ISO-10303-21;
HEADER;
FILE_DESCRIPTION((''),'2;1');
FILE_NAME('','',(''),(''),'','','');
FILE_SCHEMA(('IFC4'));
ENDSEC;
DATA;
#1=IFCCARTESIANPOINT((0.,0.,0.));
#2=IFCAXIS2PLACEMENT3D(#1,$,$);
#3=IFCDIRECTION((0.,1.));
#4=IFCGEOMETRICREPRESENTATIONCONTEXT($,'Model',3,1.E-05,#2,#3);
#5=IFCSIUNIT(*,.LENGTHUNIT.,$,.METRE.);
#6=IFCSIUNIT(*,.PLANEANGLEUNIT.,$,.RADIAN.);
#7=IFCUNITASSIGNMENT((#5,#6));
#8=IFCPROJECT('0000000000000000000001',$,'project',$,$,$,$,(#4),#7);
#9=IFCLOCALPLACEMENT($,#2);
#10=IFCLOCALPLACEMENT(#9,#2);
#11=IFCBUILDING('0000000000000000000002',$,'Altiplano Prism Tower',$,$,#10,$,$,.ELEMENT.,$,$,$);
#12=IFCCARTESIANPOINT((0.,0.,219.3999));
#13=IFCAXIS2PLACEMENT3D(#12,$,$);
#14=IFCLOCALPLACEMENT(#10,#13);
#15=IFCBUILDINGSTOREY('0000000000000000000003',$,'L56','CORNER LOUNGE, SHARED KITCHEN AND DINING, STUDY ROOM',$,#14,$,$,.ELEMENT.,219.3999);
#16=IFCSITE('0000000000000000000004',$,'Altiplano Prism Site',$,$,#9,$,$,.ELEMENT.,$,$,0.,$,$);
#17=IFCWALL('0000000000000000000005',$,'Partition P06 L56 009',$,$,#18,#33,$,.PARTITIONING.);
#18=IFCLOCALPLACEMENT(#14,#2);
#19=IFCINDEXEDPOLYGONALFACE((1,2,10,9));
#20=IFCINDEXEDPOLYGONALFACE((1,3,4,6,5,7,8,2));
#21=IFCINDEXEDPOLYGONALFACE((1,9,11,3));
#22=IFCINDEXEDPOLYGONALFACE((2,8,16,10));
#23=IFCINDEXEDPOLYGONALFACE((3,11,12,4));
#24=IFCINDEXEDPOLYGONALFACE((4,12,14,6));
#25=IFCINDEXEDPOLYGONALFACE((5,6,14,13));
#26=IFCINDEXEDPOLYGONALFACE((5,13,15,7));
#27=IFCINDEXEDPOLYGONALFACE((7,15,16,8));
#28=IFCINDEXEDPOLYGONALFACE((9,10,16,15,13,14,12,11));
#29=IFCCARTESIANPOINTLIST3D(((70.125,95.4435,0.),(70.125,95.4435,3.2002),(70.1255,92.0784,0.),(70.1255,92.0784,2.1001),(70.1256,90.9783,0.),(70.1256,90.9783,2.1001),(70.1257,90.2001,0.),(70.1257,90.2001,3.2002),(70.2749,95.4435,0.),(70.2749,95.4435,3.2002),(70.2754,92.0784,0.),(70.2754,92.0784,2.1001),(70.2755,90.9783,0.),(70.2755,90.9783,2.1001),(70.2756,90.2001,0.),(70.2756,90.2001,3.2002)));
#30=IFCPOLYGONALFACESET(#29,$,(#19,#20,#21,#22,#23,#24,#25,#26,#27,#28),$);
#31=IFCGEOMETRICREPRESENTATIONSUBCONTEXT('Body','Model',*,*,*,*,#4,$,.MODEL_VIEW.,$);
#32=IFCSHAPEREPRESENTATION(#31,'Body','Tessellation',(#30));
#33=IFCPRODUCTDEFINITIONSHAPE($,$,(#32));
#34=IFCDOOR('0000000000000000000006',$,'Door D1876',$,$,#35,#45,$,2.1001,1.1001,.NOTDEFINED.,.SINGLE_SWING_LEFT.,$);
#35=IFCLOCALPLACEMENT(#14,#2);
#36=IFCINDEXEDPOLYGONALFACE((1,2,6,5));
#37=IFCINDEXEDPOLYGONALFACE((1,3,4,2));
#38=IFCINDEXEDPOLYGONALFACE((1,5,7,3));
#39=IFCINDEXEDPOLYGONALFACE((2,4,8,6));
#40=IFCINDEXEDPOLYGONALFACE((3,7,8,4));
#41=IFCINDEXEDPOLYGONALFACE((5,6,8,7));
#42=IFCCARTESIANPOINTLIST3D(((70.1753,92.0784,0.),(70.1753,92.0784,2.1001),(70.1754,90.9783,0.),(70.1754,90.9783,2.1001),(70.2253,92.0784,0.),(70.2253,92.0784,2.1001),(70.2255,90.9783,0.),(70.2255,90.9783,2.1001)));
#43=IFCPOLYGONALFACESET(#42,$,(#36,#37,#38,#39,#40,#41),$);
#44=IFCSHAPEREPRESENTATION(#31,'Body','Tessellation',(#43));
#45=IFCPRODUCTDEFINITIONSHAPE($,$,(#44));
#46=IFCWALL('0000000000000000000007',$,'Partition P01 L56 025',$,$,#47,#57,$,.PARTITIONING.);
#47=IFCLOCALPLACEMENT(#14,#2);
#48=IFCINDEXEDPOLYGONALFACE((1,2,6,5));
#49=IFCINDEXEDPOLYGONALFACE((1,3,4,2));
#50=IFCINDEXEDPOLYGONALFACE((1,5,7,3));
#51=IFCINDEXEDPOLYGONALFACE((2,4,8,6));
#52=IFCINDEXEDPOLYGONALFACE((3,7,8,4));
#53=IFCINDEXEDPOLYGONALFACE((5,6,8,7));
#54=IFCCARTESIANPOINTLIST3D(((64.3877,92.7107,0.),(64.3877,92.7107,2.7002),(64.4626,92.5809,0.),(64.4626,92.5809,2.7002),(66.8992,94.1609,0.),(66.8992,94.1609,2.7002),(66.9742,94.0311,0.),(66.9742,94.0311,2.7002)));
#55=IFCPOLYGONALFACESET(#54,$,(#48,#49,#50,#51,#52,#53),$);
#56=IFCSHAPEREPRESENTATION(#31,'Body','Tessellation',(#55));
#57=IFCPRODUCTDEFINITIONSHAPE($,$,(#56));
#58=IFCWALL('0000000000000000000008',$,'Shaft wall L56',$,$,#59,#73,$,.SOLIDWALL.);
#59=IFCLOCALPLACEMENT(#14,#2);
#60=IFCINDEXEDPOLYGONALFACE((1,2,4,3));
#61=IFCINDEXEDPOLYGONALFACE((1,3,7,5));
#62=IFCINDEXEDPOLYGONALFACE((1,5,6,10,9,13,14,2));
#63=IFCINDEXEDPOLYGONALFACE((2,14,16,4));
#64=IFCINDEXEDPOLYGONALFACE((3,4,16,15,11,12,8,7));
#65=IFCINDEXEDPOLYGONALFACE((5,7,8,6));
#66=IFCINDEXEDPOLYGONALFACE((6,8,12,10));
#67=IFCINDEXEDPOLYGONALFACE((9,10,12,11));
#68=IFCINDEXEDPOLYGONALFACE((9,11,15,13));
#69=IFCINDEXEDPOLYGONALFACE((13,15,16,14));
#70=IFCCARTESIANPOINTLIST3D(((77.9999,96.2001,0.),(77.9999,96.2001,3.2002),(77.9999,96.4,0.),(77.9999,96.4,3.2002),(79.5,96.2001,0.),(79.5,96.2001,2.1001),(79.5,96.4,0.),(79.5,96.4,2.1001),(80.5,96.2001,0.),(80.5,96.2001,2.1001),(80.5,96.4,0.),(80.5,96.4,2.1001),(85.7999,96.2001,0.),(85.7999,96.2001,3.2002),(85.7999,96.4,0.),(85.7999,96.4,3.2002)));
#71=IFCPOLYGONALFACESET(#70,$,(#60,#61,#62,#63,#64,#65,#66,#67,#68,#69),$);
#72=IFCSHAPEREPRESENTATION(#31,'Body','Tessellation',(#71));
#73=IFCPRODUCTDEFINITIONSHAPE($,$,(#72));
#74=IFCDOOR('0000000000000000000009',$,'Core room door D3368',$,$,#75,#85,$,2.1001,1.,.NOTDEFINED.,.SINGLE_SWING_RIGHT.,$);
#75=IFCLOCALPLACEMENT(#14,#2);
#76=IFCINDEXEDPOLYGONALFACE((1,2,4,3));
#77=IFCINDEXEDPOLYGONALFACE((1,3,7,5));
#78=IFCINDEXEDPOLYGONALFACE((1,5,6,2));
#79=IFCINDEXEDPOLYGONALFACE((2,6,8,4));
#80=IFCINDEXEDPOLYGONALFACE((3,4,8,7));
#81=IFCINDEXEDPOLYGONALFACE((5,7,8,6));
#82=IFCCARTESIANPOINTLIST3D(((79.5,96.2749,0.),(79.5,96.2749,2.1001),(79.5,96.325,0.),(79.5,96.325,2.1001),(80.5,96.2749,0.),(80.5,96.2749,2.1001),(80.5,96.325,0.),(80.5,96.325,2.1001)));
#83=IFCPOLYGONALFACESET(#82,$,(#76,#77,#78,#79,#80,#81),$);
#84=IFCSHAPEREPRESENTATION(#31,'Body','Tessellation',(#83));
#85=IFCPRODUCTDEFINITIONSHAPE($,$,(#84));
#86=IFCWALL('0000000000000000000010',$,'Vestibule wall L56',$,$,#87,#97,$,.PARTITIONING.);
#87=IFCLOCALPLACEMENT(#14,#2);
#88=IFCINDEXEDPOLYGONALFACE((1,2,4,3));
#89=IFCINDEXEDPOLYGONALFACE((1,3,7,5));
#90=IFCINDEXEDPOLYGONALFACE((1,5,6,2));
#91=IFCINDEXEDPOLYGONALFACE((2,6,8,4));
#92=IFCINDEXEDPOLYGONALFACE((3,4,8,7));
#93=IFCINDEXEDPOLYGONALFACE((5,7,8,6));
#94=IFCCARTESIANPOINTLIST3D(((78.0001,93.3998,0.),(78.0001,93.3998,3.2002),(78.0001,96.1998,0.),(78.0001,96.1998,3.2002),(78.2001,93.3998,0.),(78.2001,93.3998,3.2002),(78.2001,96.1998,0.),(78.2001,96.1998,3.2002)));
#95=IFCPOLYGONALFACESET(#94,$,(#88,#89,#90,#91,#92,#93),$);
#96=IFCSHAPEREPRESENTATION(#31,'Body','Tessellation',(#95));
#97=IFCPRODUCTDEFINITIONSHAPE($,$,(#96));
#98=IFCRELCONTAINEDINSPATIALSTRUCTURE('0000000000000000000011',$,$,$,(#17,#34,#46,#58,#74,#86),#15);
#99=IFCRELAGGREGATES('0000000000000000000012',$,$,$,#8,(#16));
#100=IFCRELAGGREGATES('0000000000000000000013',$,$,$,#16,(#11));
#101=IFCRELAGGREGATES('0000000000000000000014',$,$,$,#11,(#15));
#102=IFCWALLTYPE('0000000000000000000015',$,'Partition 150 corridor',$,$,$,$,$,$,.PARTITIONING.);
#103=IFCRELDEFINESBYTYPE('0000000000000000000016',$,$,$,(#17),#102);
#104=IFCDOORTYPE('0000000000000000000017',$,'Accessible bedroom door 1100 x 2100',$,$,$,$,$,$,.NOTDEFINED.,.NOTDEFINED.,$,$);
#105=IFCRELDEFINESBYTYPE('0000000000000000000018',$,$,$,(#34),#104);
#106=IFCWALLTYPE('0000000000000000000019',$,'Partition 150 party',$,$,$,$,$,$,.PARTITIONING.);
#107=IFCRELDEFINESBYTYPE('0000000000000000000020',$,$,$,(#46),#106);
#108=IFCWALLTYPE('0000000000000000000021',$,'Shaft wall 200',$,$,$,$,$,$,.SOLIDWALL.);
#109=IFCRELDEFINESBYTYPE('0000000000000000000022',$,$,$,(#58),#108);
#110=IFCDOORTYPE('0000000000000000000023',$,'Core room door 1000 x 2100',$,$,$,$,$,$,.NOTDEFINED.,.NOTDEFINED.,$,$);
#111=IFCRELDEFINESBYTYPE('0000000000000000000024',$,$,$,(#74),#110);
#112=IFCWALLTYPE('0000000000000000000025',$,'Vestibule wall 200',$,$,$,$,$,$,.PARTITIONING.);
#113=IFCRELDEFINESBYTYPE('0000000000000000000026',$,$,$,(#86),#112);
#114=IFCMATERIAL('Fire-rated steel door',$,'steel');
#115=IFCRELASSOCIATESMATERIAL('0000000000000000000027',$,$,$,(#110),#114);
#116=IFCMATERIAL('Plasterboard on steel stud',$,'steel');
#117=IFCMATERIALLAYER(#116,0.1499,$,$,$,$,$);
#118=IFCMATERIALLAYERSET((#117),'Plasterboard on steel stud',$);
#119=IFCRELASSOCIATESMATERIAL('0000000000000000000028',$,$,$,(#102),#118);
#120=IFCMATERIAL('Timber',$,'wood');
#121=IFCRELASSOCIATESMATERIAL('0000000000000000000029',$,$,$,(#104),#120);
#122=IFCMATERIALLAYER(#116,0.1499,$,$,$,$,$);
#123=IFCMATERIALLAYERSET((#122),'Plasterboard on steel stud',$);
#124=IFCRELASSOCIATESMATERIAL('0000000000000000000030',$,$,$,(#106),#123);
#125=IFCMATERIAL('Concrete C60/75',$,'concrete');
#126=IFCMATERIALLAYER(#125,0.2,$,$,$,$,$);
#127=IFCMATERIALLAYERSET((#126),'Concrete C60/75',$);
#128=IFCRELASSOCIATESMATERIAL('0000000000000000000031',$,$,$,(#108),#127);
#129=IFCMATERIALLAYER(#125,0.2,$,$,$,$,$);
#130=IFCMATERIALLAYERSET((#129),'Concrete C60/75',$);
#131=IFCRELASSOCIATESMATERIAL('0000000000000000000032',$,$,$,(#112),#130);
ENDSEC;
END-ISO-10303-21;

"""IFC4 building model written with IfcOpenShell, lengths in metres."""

from ifc_helpers import new_model, si_unit, direction, frame, frame_2d, origin, place, context, subcontext, project, spatial, rectangle, extrude, material, layer, layer_set, type_object, element, fill, save


model = new_model("IFC4")

# Units and contexts
model_context = context("Model", 3, precision=1e-05, world=origin(), true_north=direction((0.0, 1.0)))
body_context = subcontext(model_context, "Body", "Model", "MODEL_VIEW")
ifc_project = project(units=[si_unit("LENGTHUNIT", "METRE"), si_unit("PLANEANGLEUNIT", "RADIAN")], contexts=[model_context])

# Site, building, storey
site_placement = place(None, origin())
site = spatial("IfcSite", under=ifc_project, at=site_placement, Name="Altiplano Prism Site", CompositionType="ELEMENT", RefElevation=0.0)
building_placement = place(site_placement, origin())
building = spatial("IfcBuilding", under=site, at=building_placement, Name="Altiplano Prism Tower", CompositionType="ELEMENT")
storey_placement = place(building_placement, frame((0.0, 0.0, 219.3999)))
storey = spatial("IfcBuildingStorey", under=building, at=storey_placement, Name="L56", Description="CORNER LOUNGE, SHARED KITCHEN AND DINING, STUDY ROOM", CompositionType="ELEMENT", Elevation=219.3999)

# Shared definitions
ifc_material_1 = material(Name="Concrete C60/75", Category="concrete")

# Shared definitions
ifc_material_2 = material(Name="Fire-rated steel door", Category="steel")
door_type_1 = type_object("IfcDoorType", Name="Core room door 1000 x 2100", OperationType="NOTDEFINED", PredefinedType="NOTDEFINED", material=ifc_material_2)

# Shared definitions
ifc_material_3 = material(Name="Plasterboard on steel stud", Category="steel")

# Wall, opening, door
ifc_layer_1 = layer(ifc_material_3, 0.1499)
ifc_layer_set_1 = layer_set([ifc_layer_1], Name="Plasterboard on steel stud")
wall_type_1 = type_object("IfcWallType", Name="Partition 150 corridor", PredefinedType="PARTITIONING", material=ifc_layer_set_1)
wall_1_placement = place(storey_placement, frame((70.2, 95.4434, 0.0), z_axis=(0.0, 0.0, 1.0), x_axis=(0.00014, -1.0, 0.0)))
wall_1 = element("IfcWall", 1, at=wall_1_placement, inside=storey, type_object=wall_type_1, Name="Partition P06 L56 009", PredefinedType="PARTITIONING", context=body_context, shape_type="SweptSolid", body=[
    extrude(rectangle(XDim=5.2434, YDim=0.1499, at=frame_2d((2.6216, 0.0))), origin(), (0.0, 0.0, 1.0), 3.2002),
])
opening_1_placement = place(wall_1_placement, frame((3.365, 0.0, 0.0)))
opening_1 = element("IfcOpeningElement", 2, at=opening_1_placement, cuts=wall_1, PredefinedType="OPENING", context=body_context, shape_type="SweptSolid", body=[
    extrude(rectangle(XDim=1.1001, YDim=2.1001, at=frame_2d((0.55, 1.05))), frame((0.0, 0.0854, 0.0), z_axis=(0.0, -1.0, 0.0), x_axis=(1.0, 0.0, 0.0)), (0.0, 0.0, 1.0), 0.1709),
])
ifc_material_4 = material(Name="Timber", Category="wood")
door_type_2 = type_object("IfcDoorType", Name="Accessible bedroom door 1100 x 2100", OperationType="NOTDEFINED", PredefinedType="NOTDEFINED", material=ifc_material_4)
door_1_placement = place(opening_1_placement, origin())
door_1 = element("IfcDoor", 3, at=door_1_placement, inside=storey, type_object=door_type_2, Name="Door D1876", OperationType="SINGLE_SWING_LEFT", OverallHeight=2.1001, OverallWidth=1.1001, PredefinedType="NOTDEFINED", context=body_context, shape_type="SweptSolid", body=[
    extrude(rectangle(XDim=1.1001, YDim=2.1001, at=frame_2d((0.55, 1.05))), frame((0.0, 0.0249, 0.0), z_axis=(0.0, -1.0, 0.0), x_axis=(1.0, 0.0, 0.0)), (0.0, 0.0, 1.0), 0.05),
])
fill(opening_1, door_1)

# Wall
ifc_layer_2 = layer(ifc_material_3, 0.1499)
ifc_layer_set_2 = layer_set([ifc_layer_2], Name="Plasterboard on steel stud")
wall_type_2 = type_object("IfcWallType", Name="Partition 150 party", PredefinedType="PARTITIONING", material=ifc_layer_set_2)
wall_2_placement = place(storey_placement, frame((64.425, 92.6458, 0.0), z_axis=(0.0, 0.0, 1.0), x_axis=(0.865996, 0.50005, 0.0)))
element("IfcWall", 4, at=wall_2_placement, inside=storey, type_object=wall_type_2, Name="Partition P01 L56 025", PredefinedType="PARTITIONING", context=body_context, shape_type="SweptSolid", body=[
    extrude(rectangle(XDim=2.9001, YDim=0.1499, at=frame_2d((1.4502, 0.0))), origin(), (0.0, 0.0, 1.0), 2.7002),
])

# Wall, opening, door
ifc_layer_3 = layer(ifc_material_1, 0.2)
ifc_layer_set_3 = layer_set([ifc_layer_3], Name="Concrete C60/75")
wall_type_3 = type_object("IfcWallType", Name="Shaft wall 200", PredefinedType="SOLIDWALL", material=ifc_layer_set_3)
wall_3_placement = place(storey_placement, frame((78.0, 96.3, 0.0), z_axis=(0.0, 0.0, 1.0), x_axis=(1.0, 0.0, 0.0)))
wall_3 = element("IfcWall", 5, at=wall_3_placement, inside=storey, type_object=wall_type_3, Name="Shaft wall L56", PredefinedType="SOLIDWALL", context=body_context, shape_type="SweptSolid", body=[
    extrude(rectangle(XDim=7.8, YDim=0.2, at=frame_2d((3.8999, 0.0))), origin(), (0.0, 0.0, 1.0), 3.2002),
])
opening_2_placement = place(wall_3_placement, frame((1.5, 0.0, 0.0)))
opening_2 = element("IfcOpeningElement", 6, at=opening_2_placement, cuts=wall_3, PredefinedType="OPENING", context=body_context, shape_type="SweptSolid", body=[
    extrude(rectangle(XDim=1.0, YDim=2.1001, at=frame_2d((0.5, 1.05))), frame((0.0, 0.1104, 0.0), z_axis=(0.0, -1.0, 0.0), x_axis=(1.0, 0.0, 0.0)), (0.0, 0.0, 1.0), 0.2209),
])
door_2_placement = place(opening_2_placement, origin())
door_2 = element("IfcDoor", 7, at=door_2_placement, inside=storey, type_object=door_type_1, Name="Core room door D3368", OperationType="SINGLE_SWING_RIGHT", OverallHeight=2.1001, OverallWidth=1.0, PredefinedType="NOTDEFINED", context=body_context, shape_type="SweptSolid", body=[
    extrude(rectangle(XDim=1.0, YDim=2.1001, at=frame_2d((0.5, 1.05))), frame((0.0, 0.0249, 0.0), z_axis=(0.0, -1.0, 0.0), x_axis=(1.0, 0.0, 0.0)), (0.0, 0.0, 1.0), 0.05),
])
fill(opening_2, door_2)

# Wall
ifc_layer_4 = layer(ifc_material_1, 0.2)
ifc_layer_set_4 = layer_set([ifc_layer_4], Name="Concrete C60/75")
wall_type_4 = type_object("IfcWallType", Name="Vestibule wall 200", PredefinedType="PARTITIONING", material=ifc_layer_set_4)
wall_4_placement = place(storey_placement, frame((78.1001, 93.3999, 0.0), z_axis=(0.0, 0.0, 1.0), x_axis=(0.0, 1.0, 0.0)))
element("IfcWall", 8, at=wall_4_placement, inside=storey, type_object=wall_type_4, Name="Vestibule wall L56", PredefinedType="PARTITIONING", context=body_context, shape_type="SweptSolid", body=[
    extrude(rectangle(XDim=2.8, YDim=0.2, at=frame_2d((1.3999, 0.0))), origin(), (0.0, 0.0, 1.0), 3.2002),
])

save(model, "model.ifc")
